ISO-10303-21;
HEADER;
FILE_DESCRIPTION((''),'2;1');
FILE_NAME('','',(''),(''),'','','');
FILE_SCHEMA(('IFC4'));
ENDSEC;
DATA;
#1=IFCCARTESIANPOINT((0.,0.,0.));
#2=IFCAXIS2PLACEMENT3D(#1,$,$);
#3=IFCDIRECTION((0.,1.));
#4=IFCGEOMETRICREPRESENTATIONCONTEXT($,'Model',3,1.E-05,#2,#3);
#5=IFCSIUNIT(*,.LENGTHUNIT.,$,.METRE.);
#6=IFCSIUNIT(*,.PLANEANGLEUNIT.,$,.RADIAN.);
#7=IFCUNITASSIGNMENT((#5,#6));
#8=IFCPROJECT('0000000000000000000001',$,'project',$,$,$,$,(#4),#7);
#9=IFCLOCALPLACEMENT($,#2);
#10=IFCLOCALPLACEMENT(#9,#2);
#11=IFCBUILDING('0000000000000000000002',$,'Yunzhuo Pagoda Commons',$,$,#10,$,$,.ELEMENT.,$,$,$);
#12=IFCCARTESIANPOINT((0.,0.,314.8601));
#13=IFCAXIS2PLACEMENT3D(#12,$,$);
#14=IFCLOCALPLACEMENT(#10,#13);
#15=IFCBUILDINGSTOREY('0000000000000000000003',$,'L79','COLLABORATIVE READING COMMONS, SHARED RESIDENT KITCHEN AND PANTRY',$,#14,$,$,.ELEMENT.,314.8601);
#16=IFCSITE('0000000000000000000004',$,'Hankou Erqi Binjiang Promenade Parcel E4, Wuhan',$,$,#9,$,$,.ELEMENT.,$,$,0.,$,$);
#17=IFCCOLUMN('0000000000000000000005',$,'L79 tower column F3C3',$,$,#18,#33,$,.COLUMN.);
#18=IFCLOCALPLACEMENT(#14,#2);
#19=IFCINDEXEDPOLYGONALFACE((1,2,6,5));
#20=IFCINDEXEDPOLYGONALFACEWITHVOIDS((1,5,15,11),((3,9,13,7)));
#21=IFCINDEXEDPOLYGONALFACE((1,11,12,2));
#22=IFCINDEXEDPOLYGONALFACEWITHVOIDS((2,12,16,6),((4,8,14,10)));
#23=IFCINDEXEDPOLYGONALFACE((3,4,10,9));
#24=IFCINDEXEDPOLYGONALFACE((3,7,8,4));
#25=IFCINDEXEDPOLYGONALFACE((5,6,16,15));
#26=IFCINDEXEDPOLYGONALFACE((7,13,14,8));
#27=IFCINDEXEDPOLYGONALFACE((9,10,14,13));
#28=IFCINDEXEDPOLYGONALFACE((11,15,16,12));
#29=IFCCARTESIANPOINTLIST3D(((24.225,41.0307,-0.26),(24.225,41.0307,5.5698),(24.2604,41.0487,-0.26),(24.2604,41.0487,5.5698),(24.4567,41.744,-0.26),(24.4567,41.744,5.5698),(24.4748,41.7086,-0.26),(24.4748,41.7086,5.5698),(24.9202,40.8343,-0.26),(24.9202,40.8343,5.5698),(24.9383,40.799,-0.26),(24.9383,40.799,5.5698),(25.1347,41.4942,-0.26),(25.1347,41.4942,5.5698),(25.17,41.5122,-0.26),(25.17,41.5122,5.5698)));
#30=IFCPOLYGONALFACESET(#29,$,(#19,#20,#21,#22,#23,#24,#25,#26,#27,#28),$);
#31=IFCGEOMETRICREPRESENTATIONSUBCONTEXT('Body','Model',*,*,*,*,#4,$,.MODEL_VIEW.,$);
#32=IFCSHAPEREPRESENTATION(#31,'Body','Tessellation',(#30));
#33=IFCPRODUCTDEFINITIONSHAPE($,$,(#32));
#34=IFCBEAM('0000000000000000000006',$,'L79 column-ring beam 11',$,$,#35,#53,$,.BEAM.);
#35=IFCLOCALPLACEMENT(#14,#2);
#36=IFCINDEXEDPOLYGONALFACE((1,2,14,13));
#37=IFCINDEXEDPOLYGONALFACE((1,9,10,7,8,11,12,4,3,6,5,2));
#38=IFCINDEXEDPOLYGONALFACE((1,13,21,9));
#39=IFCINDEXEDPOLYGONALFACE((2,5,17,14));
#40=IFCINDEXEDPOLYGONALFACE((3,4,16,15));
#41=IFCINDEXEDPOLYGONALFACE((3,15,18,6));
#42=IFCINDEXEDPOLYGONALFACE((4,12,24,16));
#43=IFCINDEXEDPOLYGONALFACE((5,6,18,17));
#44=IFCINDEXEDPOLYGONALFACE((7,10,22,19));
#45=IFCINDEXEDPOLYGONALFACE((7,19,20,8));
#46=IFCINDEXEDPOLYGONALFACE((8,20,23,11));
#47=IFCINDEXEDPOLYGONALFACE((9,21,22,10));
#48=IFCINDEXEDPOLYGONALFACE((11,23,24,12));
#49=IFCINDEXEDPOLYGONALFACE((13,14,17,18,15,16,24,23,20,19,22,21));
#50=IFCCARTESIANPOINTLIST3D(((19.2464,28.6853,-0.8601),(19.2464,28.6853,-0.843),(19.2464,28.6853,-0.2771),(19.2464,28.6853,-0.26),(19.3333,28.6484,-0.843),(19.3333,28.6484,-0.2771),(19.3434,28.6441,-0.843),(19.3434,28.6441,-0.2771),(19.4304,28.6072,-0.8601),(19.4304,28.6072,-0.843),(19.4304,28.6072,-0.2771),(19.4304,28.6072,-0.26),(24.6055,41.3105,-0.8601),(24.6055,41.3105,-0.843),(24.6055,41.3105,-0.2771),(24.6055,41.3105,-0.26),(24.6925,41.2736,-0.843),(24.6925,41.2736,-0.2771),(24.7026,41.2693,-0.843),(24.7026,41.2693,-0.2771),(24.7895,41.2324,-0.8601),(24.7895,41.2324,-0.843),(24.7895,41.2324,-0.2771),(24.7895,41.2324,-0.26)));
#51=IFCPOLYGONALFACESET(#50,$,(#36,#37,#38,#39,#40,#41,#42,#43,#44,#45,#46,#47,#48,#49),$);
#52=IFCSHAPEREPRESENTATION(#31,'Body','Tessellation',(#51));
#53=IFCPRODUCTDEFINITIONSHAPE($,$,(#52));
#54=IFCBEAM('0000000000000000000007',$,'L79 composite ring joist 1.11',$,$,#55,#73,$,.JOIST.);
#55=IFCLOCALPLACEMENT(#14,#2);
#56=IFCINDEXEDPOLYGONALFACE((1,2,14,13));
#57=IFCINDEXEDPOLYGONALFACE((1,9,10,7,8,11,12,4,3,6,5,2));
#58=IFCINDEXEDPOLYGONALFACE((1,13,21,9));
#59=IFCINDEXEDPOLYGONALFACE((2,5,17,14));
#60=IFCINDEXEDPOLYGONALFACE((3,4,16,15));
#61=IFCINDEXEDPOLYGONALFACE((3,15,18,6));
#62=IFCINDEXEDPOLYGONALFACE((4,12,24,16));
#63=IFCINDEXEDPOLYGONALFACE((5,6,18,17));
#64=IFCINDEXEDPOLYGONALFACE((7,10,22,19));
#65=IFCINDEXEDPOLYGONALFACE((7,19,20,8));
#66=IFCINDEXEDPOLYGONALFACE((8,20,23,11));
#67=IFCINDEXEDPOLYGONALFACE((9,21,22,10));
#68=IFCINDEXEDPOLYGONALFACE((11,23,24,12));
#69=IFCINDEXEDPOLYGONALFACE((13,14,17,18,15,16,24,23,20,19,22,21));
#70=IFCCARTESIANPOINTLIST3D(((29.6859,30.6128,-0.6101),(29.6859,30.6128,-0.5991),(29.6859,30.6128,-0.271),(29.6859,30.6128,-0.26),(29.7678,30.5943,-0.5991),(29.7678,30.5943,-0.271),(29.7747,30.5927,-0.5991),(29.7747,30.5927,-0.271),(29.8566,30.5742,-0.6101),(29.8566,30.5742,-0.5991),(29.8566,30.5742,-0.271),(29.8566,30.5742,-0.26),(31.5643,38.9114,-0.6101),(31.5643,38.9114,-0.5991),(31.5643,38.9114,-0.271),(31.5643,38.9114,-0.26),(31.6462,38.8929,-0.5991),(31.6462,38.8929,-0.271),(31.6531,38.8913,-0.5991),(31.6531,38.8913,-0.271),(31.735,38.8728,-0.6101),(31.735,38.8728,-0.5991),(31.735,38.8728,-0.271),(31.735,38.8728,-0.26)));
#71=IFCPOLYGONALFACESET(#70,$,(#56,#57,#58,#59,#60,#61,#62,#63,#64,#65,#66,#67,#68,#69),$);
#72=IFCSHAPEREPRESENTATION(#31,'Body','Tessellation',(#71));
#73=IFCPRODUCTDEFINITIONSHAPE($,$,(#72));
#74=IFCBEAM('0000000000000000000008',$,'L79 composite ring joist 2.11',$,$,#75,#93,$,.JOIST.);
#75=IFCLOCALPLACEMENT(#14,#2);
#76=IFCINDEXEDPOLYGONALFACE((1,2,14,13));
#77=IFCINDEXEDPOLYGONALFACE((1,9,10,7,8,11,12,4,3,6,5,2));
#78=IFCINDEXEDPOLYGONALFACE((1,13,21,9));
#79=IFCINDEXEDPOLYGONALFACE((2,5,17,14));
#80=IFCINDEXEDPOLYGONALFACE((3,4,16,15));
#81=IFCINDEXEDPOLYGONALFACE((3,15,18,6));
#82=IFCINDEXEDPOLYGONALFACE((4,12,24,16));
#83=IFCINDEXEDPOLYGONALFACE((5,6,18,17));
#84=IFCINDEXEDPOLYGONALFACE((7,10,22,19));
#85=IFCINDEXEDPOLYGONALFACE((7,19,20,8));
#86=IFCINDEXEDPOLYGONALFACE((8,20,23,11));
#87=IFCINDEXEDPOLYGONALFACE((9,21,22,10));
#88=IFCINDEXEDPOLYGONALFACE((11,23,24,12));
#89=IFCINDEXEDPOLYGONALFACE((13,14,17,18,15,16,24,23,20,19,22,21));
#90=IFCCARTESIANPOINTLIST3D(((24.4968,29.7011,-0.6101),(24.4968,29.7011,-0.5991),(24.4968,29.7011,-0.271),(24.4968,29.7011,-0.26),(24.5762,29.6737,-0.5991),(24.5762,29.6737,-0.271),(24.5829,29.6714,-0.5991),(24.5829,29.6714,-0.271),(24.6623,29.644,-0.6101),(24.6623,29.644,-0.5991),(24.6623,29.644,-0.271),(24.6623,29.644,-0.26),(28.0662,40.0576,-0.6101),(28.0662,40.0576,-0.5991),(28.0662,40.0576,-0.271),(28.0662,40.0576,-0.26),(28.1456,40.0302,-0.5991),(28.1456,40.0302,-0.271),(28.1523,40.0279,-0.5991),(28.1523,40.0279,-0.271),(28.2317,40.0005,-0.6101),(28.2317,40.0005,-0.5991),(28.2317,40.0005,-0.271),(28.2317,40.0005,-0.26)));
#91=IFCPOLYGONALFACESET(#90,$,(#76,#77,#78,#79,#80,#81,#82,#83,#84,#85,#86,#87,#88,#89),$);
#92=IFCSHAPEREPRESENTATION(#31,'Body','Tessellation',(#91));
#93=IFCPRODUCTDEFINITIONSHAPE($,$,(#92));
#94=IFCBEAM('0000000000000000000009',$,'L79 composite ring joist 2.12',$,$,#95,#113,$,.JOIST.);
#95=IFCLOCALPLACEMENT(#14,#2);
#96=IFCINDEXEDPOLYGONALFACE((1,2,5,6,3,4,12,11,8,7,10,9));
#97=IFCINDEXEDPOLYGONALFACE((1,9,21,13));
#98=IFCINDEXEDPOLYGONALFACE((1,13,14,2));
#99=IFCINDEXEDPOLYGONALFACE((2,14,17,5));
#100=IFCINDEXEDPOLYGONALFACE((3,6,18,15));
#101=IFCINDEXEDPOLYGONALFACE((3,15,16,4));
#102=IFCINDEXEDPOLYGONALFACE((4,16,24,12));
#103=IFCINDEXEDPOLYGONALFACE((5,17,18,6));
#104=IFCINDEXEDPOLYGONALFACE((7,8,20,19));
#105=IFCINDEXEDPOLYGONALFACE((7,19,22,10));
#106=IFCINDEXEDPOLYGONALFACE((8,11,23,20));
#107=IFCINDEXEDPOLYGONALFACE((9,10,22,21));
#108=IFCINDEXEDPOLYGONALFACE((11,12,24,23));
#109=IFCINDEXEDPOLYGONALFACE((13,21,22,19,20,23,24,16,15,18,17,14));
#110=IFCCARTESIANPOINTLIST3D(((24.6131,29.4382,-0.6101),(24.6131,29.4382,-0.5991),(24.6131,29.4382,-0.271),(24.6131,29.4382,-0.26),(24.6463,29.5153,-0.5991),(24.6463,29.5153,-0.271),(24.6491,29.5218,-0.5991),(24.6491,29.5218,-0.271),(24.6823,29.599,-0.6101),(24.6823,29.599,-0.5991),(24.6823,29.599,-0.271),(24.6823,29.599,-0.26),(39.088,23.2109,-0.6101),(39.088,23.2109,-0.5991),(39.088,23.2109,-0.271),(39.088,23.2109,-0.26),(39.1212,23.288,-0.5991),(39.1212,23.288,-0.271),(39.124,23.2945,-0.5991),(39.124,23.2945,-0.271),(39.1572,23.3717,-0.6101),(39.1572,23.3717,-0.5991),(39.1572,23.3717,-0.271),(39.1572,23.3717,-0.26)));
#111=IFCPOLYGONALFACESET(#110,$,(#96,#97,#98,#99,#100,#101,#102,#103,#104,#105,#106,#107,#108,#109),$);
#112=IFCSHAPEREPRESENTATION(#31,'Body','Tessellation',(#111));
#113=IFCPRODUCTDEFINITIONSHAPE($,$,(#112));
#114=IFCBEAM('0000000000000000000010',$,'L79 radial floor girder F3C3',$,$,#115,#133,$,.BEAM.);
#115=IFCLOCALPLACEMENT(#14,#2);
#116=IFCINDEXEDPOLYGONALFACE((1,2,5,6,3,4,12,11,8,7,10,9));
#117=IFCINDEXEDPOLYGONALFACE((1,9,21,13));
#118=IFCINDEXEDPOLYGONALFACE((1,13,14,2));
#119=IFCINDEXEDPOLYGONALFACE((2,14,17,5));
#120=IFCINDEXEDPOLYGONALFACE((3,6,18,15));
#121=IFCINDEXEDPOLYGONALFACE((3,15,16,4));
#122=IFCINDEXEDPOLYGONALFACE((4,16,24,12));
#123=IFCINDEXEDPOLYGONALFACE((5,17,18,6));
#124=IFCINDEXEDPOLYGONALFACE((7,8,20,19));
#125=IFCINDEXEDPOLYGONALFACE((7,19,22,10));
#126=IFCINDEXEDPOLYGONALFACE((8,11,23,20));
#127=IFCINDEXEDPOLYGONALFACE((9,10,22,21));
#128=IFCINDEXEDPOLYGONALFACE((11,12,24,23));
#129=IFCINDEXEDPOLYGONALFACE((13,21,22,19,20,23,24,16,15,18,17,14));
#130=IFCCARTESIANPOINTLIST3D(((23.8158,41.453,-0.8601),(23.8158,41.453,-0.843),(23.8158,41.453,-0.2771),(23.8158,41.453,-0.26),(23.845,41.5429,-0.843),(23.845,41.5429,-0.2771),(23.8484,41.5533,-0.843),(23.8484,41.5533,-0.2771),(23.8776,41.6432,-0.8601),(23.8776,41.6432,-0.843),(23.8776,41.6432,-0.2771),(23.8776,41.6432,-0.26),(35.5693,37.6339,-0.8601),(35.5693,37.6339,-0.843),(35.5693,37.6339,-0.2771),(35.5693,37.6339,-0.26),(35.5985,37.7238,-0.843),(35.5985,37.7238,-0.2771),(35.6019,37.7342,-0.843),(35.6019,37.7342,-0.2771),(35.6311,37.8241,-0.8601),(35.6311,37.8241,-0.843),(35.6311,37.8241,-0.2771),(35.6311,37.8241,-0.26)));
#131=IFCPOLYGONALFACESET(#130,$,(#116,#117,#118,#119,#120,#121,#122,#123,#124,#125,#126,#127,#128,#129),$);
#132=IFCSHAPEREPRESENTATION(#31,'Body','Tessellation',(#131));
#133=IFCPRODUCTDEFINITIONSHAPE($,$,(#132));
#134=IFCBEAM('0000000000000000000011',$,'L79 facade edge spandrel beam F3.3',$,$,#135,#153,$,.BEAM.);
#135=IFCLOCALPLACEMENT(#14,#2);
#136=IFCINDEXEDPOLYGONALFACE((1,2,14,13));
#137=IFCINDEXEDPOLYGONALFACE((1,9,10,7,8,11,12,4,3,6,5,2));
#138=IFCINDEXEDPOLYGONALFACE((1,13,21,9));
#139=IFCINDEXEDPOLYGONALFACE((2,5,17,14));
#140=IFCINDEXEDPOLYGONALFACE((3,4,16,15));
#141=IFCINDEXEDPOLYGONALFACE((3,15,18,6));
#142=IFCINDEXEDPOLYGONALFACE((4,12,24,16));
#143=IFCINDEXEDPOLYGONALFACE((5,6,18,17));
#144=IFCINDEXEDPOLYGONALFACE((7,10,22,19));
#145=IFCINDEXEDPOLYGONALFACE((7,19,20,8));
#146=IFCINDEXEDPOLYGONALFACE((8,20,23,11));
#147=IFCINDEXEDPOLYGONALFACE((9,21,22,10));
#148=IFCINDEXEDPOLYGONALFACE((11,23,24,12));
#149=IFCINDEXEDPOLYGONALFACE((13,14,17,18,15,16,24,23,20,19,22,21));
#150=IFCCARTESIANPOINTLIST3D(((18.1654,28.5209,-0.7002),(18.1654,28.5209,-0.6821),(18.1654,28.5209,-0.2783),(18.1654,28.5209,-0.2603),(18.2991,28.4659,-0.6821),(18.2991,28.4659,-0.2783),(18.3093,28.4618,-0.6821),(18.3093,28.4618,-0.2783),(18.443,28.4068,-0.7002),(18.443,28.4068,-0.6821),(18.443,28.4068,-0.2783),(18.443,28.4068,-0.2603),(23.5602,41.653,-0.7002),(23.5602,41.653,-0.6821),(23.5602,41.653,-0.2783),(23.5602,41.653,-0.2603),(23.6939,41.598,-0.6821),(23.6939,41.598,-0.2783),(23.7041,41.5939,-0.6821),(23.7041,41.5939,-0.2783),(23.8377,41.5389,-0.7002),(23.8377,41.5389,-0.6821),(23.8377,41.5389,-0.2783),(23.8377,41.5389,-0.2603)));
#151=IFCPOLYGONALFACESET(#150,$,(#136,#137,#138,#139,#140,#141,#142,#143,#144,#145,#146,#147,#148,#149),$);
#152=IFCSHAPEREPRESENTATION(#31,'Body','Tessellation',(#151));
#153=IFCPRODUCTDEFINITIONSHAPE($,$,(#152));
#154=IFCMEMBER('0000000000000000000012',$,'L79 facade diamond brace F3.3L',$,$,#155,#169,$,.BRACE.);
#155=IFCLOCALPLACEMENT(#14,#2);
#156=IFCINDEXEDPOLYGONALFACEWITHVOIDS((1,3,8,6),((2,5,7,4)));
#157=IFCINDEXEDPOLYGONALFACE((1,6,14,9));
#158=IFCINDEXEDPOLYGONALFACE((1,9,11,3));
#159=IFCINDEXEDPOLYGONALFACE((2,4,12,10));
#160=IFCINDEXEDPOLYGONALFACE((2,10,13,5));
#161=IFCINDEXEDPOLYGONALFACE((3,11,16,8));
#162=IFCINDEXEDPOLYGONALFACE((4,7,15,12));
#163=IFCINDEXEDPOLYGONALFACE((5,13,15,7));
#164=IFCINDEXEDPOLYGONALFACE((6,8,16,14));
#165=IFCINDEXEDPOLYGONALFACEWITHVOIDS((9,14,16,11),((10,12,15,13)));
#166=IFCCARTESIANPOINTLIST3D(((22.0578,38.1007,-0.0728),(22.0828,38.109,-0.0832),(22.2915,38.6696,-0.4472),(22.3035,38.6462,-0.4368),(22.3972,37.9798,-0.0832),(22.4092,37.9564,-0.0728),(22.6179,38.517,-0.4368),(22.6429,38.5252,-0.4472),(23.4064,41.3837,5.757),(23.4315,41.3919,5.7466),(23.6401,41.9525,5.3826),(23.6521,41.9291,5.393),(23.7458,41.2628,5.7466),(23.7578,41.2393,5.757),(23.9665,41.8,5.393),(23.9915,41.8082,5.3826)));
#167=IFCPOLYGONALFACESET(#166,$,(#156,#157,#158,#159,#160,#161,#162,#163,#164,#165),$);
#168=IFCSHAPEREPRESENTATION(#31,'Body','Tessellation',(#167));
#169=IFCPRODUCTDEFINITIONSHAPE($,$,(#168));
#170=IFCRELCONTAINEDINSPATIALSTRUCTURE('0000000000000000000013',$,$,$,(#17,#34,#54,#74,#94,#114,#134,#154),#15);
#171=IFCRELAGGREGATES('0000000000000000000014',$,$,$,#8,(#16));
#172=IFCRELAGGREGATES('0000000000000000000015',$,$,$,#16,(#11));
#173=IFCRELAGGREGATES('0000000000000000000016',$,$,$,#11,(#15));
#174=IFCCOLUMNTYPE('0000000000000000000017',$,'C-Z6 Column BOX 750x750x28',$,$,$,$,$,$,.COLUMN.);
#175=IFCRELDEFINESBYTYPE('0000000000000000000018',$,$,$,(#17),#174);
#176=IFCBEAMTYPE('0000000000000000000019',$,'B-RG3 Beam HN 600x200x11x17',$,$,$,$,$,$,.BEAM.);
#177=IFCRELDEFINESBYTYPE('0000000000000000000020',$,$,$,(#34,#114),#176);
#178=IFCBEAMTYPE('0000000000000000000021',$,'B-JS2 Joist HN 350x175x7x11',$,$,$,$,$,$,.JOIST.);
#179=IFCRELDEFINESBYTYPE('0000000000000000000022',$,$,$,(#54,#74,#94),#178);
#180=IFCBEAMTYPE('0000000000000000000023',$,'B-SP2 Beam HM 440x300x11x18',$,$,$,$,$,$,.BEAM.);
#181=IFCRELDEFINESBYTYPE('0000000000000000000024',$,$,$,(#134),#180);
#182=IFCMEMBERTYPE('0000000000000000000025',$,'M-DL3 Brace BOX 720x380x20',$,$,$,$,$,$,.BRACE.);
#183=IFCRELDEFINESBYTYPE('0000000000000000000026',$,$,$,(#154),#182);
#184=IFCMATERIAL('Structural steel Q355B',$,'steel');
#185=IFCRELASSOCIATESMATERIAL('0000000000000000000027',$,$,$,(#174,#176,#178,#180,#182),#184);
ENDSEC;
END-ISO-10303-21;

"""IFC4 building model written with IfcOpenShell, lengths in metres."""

from ifc_helpers import new_model, si_unit, direction, frame, origin, origin_2d, place, context, subcontext, project, spatial, hollow_rectangle, i_section, extrude, source, transform, mapped, material, material_profile, profile_set, type_object, element, save


model = new_model("IFC4")

# Units and contexts
model_context = context("Model", 3, precision=1e-05, world=origin(), true_north=direction((0.0, 1.0)))
body_context = subcontext(model_context, "Body", "Model", "MODEL_VIEW")
ifc_project = project(units=[si_unit("LENGTHUNIT", "METRE"), si_unit("PLANEANGLEUNIT", "RADIAN")], contexts=[model_context])

# Site, building, storey
site_placement = place(None, origin())
site = spatial("IfcSite", under=ifc_project, at=site_placement, Name="Hankou Erqi Binjiang Promenade Parcel E4, Wuhan", CompositionType="ELEMENT", RefElevation=0.0)
building_placement = place(site_placement, origin())
building = spatial("IfcBuilding", under=site, at=building_placement, Name="Yunzhuo Pagoda Commons", CompositionType="ELEMENT")
storey_placement = place(building_placement, frame((0.0, 0.0, 314.8601)))
storey = spatial("IfcBuildingStorey", under=building, at=storey_placement, Name="L79", Description="COLLABORATIVE READING COMMONS, SHARED RESIDENT KITCHEN AND PANTRY", CompositionType="ELEMENT", Elevation=314.8601)

# Column
ifc_material_1 = material(Name="Structural steel Q355B", Category="steel")
ifc_material_profile_1 = material_profile(ifc_material_1, hollow_rectangle(XDim=0.75, YDim=0.75, WallThickness=0.0281, at=origin_2d()), Name="Structural steel Q355B")
ifc_profile_set_1 = profile_set([ifc_material_profile_1], Name="Structural steel Q355B")
column_type = type_object("IfcColumnType", Name="C-Z6 Column BOX 750x750x28", PredefinedType="COLUMN", material=ifc_profile_set_1)
shared_shape_1 = source(origin(), body_context, "Body", "SweptSolid", [
    extrude(hollow_rectangle(XDim=0.75, YDim=0.75, WallThickness=0.0281, at=origin_2d()), origin(), (0.0, 0.0, 1.0), 5.8298),
])
column_placement = place(storey_placement, frame((24.6975, 41.2715, -0.26), z_axis=(0.0, 0.0, 1.0), x_axis=(-0.309017, -0.951057, 0.0)))
element("IfcColumn", 1, at=column_placement, inside=storey, type_object=column_type, Name="L79 tower column F3C3", PredefinedType="COLUMN", context=body_context, shape_type="MappedRepresentation", body=[
    mapped(shared_shape_1, transform((0.0, 0.0, 0.0), scale=1.0)),
])

# Beams
ifc_material_profile_2 = material_profile(ifc_material_1, i_section(OverallWidth=0.2, OverallDepth=0.6001, WebThickness=0.011, FlangeThickness=0.0171, at=origin_2d()), Name="Structural steel Q355B")
ifc_profile_set_2 = profile_set([ifc_material_profile_2], Name="Structural steel Q355B")
beam_type_1 = type_object("IfcBeamType", Name="B-RG3 Beam HN 600x200x11x17", PredefinedType="BEAM", material=ifc_profile_set_2)
shared_shape_2 = source(origin(), body_context, "Body", "SweptSolid", [
    extrude(i_section(OverallWidth=0.2, OverallDepth=0.6001, WebThickness=0.011, FlangeThickness=0.0171, at=origin_2d()), origin(), (0.0, 0.0, 1.0), 13.7156),
])
beam_1_placement = place(storey_placement, frame((24.6975, 41.2715, -0.5601), z_axis=(-0.390733, -0.920504, 0.0), x_axis=(0.920504, -0.390733, 0.0)))
element("IfcBeam", 2, at=beam_1_placement, inside=storey, type_object=beam_type_1, Name="L79 column-ring beam 11", PredefinedType="BEAM", context=body_context, shape_type="MappedRepresentation", body=[
    mapped(shared_shape_2, transform((0.0, 0.0, 0.0), scale=1.0)),
])
ifc_material_profile_3 = material_profile(ifc_material_1, i_section(OverallWidth=0.175, OverallDepth=0.3501, WebThickness=0.0071, FlangeThickness=0.011, at=origin_2d()), Name="Structural steel Q355B")
ifc_profile_set_3 = profile_set([ifc_material_profile_3], Name="Structural steel Q355B")
beam_type_2 = type_object("IfcBeamType", Name="B-JS2 Joist HN 350x175x7x11", PredefinedType="JOIST", material=ifc_profile_set_3)
shared_shape_3 = source(origin(), body_context, "Body", "SweptSolid", [
    extrude(i_section(OverallWidth=0.175, OverallDepth=0.3501, WebThickness=0.0071, FlangeThickness=0.011, at=origin_2d()), origin(), (0.0, 0.0, 1.0), 8.5085),
])
beam_2_placement = place(storey_placement, frame((31.6497, 38.8921, -0.4351), z_axis=(-0.220769, -0.975326, 0.0), x_axis=(0.975326, -0.220769, 0.0)))
element("IfcBeam", 3, at=beam_2_placement, inside=storey, type_object=beam_type_2, Name="L79 composite ring joist 1.11", PredefinedType="JOIST", context=body_context, shape_type="MappedRepresentation", body=[
    mapped(shared_shape_3, transform((0.0, 0.0, 0.0), scale=1.0)),
])
shared_shape_4 = source(origin(), body_context, "Body", "SweptSolid", [
    extrude(i_section(OverallWidth=0.175, OverallDepth=0.3501, WebThickness=0.0071, FlangeThickness=0.011, at=origin_2d()), origin(), (0.0, 0.0, 1.0), 10.9543),
])
beam_3_placement = place(storey_placement, frame((28.1489, 40.0291, -0.4351), z_axis=(-0.32584, -0.945425, 0.0), x_axis=(0.945425, -0.32584, 0.0)))
element("IfcBeam", 4, at=beam_3_placement, inside=storey, type_object=beam_type_2, Name="L79 composite ring joist 2.11", PredefinedType="JOIST", context=body_context, shape_type="MappedRepresentation", body=[
    mapped(shared_shape_4, transform((0.0, 0.0, 0.0), scale=1.0)),
])
shared_shape_5 = source(origin(), body_context, "Body", "SweptSolid", [
    extrude(i_section(OverallWidth=0.175, OverallDepth=0.3501, WebThickness=0.0071, FlangeThickness=0.011, at=origin_2d()), origin(), (0.0, 0.0, 1.0), 15.7576),
])
beam_4_placement = place(storey_placement, frame((24.6477, 29.5186, -0.4351), z_axis=(0.918598, -0.395194, 0.0), x_axis=(0.395194, 0.918598, 0.0)))
element("IfcBeam", 5, at=beam_4_placement, inside=storey, type_object=beam_type_2, Name="L79 composite ring joist 2.12", PredefinedType="JOIST", context=body_context, shape_type="MappedRepresentation", body=[
    mapped(shared_shape_5, transform((0.0, 0.0, 0.0), scale=1.0)),
])
shared_shape_6 = source(origin(), body_context, "Body", "SweptSolid", [
    extrude(i_section(OverallWidth=0.2, OverallDepth=0.6001, WebThickness=0.011, FlangeThickness=0.0171, at=origin_2d()), origin(), (0.0, 0.0, 1.0), 12.3584),
])
beam_5_placement = place(storey_placement, frame((23.8467, 41.5481, -0.5601), z_axis=(0.951052, -0.30903, 0.0), x_axis=(0.30903, 0.951052, 0.0)))
element("IfcBeam", 6, at=beam_5_placement, inside=storey, type_object=beam_type_1, Name="L79 radial floor girder F3C3", PredefinedType="BEAM", context=body_context, shape_type="MappedRepresentation", body=[
    mapped(shared_shape_6, transform((0.0, 0.0, 0.0), scale=1.0)),
])
ifc_material_profile_4 = material_profile(ifc_material_1, i_section(OverallWidth=0.3, OverallDepth=0.4399, WebThickness=0.011, FlangeThickness=0.0181, at=origin_2d()), Name="Structural steel Q355B")
ifc_profile_set_4 = profile_set([ifc_material_profile_4], Name="Structural steel Q355B")
beam_type_3 = type_object("IfcBeamType", Name="B-SP2 Beam HM 440x300x11x18", PredefinedType="BEAM", material=ifc_profile_set_4)
shared_shape_7 = source(origin(), body_context, "Body", "SweptSolid", [
    extrude(i_section(OverallWidth=0.3, OverallDepth=0.4399, WebThickness=0.011, FlangeThickness=0.0181, at=origin_2d()), origin(), (0.0, 0.0, 1.0), 14.197),
])
beam_6_placement = place(storey_placement, frame((23.699, 41.5959, -0.4802), z_axis=(-0.379994, -0.924989, 0.0), x_axis=(0.924989, -0.379994, 0.0)))
element("IfcBeam", 7, at=beam_6_placement, inside=storey, type_object=beam_type_3, Name="L79 facade edge spandrel beam F3.3", PredefinedType="BEAM", context=body_context, shape_type="MappedRepresentation", body=[
    mapped(shared_shape_7, transform((0.0, 0.0, 0.0), scale=1.0)),
])

# Member
ifc_material_profile_5 = material_profile(ifc_material_1, hollow_rectangle(XDim=0.3799, YDim=0.72, WallThickness=0.02, at=origin_2d()), Name="Structural steel Q355B")
ifc_profile_set_5 = profile_set([ifc_material_profile_5], Name="Structural steel Q355B")
member_type_1 = type_object("IfcMemberType", Name="M-DL3 Brace BOX 720x380x20", PredefinedType="BRACE", material=ifc_profile_set_5)
shared_shape_8 = source(origin(), body_context, "Body", "SweptSolid", [
    extrude(hollow_rectangle(XDim=0.3799, YDim=0.72, WallThickness=0.02, at=origin_2d()), origin(), (0.0, 0.0, 1.0), 6.8252),
])
for number, where, z_axis, x_axis, name in (
    (8, (22.3503, 38.313, -0.26), (0.197596, 0.481004, 0.854161), (-0.924993, 0.379985, 0.0), "L79 facade diamond brace F3.3L"),
):
    element("IfcMember", number, at=place(storey_placement, frame(where, z_axis=z_axis, x_axis=x_axis)), inside=storey, type_object=member_type_1, Name=name, PredefinedType="BRACE", context=body_context, shape_type="MappedRepresentation", body=[
        mapped(shared_shape_8, transform((0.0, 0.0, 0.0), scale=1.0)),
    ])

save(model, "model.ifc")
